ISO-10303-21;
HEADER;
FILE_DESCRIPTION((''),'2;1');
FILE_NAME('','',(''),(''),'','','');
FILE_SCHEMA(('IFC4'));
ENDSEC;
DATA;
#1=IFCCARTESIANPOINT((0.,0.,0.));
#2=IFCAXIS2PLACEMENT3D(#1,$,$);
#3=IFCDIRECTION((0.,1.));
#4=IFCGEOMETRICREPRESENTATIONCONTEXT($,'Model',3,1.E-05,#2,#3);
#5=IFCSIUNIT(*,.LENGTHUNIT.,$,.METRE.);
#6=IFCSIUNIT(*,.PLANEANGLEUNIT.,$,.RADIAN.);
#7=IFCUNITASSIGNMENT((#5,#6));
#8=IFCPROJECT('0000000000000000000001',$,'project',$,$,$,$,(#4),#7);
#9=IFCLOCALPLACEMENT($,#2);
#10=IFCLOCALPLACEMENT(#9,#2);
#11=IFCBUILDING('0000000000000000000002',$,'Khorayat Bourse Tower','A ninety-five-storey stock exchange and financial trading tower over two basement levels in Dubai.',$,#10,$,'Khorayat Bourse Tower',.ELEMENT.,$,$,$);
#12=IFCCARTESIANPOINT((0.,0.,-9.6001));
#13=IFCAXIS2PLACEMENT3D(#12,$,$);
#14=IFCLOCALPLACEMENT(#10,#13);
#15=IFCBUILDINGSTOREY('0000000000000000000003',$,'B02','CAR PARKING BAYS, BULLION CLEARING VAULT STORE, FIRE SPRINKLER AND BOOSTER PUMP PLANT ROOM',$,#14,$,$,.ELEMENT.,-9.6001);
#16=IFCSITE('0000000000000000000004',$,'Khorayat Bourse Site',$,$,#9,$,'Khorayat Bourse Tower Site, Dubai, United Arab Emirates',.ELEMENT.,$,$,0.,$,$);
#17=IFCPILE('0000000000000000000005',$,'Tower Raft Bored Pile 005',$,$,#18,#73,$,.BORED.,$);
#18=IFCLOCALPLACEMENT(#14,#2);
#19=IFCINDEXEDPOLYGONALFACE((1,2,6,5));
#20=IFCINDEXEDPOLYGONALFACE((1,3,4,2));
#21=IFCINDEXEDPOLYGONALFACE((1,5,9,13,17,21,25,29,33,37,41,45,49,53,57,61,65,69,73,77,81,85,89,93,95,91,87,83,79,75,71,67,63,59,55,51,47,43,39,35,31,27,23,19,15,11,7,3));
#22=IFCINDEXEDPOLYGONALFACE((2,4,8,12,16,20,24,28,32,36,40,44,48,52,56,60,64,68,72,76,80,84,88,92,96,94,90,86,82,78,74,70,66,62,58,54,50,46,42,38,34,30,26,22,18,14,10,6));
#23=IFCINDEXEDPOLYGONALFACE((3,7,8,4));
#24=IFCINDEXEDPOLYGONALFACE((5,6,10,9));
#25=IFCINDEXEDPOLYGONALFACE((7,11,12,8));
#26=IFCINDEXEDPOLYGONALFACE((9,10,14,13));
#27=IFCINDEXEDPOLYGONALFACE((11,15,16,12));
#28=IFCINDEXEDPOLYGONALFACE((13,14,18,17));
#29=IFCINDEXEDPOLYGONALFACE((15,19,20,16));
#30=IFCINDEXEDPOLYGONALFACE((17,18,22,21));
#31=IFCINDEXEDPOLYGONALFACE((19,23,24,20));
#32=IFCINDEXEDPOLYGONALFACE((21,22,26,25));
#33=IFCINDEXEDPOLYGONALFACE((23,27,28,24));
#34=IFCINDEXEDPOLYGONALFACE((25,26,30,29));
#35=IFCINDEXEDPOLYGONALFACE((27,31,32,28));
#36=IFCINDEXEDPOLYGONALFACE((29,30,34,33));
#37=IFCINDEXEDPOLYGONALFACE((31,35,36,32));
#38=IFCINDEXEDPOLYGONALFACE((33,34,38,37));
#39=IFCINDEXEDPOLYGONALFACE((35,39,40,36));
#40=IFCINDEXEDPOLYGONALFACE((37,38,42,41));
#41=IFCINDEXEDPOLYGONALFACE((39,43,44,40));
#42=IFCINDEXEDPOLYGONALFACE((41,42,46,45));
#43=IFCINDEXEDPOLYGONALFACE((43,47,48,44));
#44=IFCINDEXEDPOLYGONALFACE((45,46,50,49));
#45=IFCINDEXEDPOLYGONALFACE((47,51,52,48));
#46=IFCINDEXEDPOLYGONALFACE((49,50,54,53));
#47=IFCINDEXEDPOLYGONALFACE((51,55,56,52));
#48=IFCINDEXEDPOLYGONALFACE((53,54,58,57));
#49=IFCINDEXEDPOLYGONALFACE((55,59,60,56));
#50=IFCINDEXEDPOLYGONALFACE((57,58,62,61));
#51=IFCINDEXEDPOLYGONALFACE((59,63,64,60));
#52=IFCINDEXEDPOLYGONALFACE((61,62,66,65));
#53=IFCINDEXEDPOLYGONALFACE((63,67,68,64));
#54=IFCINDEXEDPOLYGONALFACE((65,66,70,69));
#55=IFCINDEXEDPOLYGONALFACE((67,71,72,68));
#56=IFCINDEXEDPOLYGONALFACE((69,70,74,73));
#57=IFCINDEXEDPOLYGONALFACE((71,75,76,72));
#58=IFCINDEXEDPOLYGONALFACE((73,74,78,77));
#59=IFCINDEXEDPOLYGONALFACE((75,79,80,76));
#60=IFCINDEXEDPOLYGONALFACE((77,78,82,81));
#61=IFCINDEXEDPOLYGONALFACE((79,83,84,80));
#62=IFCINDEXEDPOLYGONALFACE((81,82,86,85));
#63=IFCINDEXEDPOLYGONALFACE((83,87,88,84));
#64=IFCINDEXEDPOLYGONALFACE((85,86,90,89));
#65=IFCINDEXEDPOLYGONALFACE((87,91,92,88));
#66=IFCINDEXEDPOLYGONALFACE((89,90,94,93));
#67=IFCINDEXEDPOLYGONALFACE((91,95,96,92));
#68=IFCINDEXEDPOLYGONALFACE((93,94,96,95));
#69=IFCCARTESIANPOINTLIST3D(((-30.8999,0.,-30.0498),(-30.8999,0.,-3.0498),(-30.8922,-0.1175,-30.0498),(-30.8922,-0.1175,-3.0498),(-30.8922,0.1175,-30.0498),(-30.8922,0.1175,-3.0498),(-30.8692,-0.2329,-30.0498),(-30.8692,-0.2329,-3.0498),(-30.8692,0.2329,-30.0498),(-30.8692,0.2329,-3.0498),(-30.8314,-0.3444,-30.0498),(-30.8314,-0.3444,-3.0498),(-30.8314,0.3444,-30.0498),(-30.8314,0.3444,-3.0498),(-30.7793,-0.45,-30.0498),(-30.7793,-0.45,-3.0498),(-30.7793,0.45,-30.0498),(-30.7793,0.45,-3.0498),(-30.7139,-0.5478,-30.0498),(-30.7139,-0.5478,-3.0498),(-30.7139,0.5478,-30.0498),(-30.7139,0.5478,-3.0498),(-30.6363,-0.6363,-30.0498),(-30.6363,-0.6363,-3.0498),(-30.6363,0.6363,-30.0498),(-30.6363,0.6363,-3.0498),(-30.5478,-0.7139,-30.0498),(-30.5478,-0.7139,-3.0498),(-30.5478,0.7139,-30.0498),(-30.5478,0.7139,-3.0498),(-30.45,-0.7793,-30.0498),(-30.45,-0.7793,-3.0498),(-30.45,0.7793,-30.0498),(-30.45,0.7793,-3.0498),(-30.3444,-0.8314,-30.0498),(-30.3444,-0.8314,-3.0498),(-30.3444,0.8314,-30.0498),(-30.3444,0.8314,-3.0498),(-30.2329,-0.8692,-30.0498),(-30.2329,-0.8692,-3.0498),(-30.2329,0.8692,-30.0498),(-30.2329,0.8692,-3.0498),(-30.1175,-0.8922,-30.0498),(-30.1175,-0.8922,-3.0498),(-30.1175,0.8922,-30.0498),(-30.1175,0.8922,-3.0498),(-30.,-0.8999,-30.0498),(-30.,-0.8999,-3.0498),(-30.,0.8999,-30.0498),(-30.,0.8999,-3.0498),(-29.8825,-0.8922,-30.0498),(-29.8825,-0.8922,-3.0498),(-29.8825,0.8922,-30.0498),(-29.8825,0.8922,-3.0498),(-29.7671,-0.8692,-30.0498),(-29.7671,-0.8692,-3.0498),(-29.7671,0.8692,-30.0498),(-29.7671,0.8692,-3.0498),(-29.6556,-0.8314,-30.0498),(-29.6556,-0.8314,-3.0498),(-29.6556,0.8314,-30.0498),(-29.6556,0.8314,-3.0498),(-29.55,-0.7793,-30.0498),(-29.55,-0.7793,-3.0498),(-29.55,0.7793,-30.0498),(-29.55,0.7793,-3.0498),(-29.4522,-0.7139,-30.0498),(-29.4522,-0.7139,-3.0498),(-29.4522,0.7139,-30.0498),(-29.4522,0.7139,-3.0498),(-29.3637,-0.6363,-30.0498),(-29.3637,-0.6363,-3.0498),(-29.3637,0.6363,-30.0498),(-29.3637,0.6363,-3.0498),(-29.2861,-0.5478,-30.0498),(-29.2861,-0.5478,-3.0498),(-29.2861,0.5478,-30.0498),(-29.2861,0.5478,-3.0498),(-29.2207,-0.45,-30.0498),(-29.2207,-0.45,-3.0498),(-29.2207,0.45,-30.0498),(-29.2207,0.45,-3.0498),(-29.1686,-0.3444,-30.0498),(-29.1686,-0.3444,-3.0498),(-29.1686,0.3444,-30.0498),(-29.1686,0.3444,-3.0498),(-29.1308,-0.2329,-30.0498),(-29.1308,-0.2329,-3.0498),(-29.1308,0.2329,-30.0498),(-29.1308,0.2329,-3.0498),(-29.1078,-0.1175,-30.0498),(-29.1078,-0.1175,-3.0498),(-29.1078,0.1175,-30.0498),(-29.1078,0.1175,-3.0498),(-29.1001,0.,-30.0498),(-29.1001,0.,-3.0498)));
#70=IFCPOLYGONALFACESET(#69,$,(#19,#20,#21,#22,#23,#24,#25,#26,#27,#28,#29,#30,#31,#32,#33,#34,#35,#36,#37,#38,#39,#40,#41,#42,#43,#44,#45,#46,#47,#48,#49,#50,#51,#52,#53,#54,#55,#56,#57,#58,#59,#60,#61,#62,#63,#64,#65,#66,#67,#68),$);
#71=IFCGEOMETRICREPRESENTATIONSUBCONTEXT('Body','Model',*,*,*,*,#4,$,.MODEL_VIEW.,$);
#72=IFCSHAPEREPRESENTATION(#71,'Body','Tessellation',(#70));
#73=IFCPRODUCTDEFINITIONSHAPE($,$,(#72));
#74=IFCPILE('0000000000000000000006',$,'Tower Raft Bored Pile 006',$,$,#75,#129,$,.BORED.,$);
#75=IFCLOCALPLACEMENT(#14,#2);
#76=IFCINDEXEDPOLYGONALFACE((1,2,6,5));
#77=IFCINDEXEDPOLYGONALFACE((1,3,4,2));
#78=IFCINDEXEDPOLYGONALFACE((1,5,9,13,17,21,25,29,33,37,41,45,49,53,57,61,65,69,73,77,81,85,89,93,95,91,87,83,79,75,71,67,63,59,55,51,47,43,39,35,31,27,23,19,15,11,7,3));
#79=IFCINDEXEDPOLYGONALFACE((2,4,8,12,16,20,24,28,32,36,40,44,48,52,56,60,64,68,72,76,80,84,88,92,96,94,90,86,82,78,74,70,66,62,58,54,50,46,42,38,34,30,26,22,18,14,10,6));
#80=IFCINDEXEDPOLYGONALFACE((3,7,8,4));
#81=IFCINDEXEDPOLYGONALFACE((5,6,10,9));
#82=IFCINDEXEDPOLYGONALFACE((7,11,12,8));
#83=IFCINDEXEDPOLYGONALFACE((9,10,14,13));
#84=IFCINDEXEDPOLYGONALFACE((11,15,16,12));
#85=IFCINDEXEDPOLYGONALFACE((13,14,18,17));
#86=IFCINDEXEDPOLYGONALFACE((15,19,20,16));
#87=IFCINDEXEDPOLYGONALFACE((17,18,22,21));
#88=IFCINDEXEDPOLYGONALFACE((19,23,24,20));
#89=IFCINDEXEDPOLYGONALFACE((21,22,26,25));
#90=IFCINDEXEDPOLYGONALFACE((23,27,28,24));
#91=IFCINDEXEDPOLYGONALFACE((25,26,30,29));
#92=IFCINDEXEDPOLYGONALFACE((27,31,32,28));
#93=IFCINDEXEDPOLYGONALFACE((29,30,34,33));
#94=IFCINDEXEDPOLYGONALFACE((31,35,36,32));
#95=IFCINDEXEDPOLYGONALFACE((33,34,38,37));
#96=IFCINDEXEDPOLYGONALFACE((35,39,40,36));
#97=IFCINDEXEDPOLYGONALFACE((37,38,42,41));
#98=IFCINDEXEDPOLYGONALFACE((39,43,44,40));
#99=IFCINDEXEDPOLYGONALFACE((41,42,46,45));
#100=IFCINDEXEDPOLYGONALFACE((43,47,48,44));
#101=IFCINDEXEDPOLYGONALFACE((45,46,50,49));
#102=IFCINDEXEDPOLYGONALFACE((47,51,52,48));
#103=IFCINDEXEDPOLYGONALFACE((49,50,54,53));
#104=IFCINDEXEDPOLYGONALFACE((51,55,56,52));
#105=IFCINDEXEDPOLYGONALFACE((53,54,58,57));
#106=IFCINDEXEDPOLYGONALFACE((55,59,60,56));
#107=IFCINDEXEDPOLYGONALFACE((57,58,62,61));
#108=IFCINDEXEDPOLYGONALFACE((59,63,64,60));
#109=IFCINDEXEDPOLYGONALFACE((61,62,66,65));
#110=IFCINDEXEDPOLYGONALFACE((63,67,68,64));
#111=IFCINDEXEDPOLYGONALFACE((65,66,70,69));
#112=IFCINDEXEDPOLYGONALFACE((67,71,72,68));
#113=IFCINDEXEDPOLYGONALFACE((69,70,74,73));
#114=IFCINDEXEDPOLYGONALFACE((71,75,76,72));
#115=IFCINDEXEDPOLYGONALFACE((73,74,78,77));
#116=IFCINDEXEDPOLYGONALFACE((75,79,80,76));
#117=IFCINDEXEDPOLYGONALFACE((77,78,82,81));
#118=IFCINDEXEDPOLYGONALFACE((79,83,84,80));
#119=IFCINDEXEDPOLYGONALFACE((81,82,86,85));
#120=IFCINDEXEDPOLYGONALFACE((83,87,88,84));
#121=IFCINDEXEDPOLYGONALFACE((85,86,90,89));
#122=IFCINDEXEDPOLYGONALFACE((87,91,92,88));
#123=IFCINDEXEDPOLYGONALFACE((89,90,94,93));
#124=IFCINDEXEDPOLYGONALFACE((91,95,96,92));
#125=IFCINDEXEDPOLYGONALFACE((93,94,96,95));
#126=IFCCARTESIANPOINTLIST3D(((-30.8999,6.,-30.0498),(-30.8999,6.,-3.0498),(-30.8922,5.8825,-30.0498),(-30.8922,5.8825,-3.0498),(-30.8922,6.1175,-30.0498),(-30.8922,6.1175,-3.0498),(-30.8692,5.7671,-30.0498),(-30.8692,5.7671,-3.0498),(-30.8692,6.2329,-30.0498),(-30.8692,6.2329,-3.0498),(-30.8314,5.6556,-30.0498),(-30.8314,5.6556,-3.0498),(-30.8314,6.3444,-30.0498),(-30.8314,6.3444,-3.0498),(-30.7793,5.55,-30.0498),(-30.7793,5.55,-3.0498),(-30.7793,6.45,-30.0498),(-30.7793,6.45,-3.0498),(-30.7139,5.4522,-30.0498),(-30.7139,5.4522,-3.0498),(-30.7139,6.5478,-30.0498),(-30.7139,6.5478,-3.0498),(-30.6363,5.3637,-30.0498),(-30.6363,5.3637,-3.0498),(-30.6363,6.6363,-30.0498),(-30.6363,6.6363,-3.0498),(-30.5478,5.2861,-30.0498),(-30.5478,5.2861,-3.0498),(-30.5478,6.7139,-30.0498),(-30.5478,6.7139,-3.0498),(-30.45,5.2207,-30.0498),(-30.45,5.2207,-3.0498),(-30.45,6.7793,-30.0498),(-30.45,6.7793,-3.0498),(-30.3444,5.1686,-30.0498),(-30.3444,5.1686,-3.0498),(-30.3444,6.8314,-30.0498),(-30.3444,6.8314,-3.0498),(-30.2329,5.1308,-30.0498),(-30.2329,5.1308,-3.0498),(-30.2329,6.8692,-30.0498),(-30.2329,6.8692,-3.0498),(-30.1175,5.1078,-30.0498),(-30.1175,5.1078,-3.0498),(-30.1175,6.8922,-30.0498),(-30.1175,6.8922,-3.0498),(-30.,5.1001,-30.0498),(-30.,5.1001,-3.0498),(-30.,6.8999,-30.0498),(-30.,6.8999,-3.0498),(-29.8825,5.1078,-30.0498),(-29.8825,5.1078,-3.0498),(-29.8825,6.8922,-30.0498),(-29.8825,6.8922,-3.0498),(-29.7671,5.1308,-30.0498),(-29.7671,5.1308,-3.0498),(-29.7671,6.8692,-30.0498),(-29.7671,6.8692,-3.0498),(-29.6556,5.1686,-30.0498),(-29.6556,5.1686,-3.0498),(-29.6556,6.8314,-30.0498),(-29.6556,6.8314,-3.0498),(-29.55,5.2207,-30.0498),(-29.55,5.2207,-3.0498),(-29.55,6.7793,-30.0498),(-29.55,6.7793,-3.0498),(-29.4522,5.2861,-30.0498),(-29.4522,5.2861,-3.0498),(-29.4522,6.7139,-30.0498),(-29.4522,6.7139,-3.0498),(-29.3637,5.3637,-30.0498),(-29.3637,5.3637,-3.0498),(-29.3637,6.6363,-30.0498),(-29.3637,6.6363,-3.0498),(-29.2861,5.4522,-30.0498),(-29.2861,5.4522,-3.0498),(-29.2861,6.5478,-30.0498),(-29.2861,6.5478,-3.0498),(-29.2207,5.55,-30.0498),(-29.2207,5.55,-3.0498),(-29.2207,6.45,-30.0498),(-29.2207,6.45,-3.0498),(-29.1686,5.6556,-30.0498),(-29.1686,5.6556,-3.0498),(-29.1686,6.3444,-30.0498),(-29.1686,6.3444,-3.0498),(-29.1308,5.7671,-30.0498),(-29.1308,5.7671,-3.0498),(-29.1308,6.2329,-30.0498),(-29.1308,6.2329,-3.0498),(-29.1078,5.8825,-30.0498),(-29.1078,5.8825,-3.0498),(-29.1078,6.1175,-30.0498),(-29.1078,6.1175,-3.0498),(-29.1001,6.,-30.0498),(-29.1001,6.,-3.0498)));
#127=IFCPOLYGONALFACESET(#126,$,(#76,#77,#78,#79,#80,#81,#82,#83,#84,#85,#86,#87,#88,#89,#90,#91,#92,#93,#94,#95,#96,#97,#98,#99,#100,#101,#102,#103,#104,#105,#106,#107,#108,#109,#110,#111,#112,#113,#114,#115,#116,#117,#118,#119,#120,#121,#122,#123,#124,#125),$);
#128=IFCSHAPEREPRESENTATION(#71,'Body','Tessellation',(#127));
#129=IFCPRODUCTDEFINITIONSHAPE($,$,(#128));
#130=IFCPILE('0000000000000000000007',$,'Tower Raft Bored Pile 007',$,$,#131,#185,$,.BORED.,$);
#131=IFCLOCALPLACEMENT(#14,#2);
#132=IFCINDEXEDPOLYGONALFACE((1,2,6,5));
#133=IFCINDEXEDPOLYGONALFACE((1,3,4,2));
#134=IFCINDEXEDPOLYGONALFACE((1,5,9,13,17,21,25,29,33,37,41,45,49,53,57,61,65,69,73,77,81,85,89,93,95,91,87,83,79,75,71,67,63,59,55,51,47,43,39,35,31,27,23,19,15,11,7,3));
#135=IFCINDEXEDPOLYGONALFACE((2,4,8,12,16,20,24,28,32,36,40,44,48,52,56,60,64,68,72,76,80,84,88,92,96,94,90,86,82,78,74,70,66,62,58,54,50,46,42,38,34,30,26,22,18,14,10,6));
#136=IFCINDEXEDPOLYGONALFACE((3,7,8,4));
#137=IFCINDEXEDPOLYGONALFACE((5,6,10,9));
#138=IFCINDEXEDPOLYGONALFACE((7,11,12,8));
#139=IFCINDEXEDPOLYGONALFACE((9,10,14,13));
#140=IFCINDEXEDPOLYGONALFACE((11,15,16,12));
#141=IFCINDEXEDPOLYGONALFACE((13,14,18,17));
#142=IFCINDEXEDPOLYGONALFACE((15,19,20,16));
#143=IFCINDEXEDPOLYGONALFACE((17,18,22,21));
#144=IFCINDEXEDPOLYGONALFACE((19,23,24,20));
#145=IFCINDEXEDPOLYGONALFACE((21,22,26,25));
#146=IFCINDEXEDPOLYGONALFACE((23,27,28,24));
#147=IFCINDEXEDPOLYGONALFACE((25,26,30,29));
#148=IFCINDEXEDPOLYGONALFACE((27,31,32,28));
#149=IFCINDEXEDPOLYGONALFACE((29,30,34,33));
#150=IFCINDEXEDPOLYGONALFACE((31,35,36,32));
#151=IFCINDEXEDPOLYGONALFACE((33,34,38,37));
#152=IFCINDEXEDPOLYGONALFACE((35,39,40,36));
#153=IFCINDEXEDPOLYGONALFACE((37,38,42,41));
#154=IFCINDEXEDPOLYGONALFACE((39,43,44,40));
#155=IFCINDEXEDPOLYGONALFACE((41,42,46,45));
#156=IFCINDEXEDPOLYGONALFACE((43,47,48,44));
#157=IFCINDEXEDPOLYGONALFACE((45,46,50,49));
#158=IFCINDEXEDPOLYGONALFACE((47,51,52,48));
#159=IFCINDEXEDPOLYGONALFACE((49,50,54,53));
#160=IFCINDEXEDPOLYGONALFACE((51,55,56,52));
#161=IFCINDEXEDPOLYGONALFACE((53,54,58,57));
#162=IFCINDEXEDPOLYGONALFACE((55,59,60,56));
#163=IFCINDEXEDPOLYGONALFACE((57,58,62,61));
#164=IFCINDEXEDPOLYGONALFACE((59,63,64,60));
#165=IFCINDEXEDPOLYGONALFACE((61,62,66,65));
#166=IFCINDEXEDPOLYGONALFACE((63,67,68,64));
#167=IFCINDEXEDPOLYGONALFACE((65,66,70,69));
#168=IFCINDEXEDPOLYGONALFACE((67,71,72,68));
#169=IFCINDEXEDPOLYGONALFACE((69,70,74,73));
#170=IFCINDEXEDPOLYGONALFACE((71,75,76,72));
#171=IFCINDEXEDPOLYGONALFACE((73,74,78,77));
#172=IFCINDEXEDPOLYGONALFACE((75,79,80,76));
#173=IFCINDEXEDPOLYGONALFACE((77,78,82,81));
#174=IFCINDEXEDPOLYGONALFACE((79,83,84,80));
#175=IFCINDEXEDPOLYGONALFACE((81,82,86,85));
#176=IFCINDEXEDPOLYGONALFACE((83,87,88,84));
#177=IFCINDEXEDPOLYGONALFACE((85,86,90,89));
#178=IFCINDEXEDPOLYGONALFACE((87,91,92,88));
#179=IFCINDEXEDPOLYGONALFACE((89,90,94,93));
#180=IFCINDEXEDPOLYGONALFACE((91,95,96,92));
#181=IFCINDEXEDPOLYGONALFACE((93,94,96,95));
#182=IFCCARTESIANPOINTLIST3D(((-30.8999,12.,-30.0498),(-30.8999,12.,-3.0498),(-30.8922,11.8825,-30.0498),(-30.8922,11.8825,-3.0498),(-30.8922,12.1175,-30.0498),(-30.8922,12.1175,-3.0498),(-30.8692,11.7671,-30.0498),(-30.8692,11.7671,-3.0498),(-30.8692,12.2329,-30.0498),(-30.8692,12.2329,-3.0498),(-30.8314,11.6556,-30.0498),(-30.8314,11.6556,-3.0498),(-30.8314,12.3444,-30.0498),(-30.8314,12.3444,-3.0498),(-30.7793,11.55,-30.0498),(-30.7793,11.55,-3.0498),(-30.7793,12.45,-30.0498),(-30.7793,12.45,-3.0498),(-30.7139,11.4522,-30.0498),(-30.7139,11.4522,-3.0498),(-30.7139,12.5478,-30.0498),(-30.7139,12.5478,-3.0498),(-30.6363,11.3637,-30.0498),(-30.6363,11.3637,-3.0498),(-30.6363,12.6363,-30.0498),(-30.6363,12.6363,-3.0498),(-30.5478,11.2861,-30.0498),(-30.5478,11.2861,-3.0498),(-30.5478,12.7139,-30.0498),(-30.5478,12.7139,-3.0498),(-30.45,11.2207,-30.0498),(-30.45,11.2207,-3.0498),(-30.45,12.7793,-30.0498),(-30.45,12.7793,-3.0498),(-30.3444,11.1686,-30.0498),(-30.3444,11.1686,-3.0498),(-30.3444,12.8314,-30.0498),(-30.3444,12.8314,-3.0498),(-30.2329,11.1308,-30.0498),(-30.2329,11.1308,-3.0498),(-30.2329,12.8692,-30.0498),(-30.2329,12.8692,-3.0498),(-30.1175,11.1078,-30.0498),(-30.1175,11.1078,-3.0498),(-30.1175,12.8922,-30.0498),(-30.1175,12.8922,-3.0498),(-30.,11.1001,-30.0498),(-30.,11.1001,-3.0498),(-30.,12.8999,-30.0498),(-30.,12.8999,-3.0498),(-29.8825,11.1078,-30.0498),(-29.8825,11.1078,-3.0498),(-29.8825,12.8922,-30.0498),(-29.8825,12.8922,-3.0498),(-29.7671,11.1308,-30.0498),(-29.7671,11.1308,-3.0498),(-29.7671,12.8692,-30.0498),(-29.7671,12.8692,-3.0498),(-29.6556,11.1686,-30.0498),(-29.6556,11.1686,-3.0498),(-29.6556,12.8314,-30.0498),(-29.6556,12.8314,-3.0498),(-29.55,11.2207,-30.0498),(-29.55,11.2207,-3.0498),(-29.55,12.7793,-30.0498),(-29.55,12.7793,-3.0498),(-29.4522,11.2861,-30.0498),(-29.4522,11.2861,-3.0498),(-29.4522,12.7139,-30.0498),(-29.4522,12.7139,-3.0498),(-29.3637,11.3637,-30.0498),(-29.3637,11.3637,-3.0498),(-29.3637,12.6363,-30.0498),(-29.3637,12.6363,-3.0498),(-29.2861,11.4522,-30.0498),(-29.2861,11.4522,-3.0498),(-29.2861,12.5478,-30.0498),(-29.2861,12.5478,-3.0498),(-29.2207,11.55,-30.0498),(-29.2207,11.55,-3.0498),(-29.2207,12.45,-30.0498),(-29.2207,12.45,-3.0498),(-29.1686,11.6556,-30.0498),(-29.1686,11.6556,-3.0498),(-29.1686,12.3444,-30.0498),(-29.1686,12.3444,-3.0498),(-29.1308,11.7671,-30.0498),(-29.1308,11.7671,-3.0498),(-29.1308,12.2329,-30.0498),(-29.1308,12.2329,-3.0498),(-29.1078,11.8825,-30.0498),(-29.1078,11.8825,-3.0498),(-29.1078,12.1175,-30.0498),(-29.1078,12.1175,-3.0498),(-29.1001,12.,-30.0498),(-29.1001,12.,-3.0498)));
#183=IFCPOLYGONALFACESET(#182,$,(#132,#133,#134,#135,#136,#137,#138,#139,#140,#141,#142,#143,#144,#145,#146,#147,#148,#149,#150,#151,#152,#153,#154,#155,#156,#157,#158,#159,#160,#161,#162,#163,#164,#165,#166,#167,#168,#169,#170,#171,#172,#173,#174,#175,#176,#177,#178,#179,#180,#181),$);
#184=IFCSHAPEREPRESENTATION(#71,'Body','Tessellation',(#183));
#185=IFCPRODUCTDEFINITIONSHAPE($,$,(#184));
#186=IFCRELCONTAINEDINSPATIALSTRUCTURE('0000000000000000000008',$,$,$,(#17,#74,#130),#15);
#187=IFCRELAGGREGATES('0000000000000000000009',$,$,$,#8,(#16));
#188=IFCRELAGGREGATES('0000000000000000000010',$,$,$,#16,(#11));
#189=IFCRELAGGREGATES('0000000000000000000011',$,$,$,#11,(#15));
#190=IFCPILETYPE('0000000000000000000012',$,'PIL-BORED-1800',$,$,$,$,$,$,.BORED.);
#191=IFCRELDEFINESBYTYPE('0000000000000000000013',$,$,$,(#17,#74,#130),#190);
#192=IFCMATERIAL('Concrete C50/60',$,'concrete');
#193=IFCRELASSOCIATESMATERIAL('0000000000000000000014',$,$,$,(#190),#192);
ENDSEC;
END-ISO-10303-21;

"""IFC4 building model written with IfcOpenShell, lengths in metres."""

from ifc_helpers import new_model, si_unit, direction, frame, origin, origin_2d, place, context, subcontext, project, spatial, circle, extrude, source, transform, mapped, material, material_profile, profile_set, type_object, element, save


model = new_model("IFC4")

# Units and contexts
model_context = context("Model", 3, precision=1e-05, world=origin(), true_north=direction((0.0, 1.0)))
body_context = subcontext(model_context, "Body", "Model", "MODEL_VIEW")
ifc_project = project(units=[si_unit("LENGTHUNIT", "METRE"), si_unit("PLANEANGLEUNIT", "RADIAN")], contexts=[model_context])

# Site, building, storey
site_placement = place(None, origin())
site = spatial("IfcSite", under=ifc_project, at=site_placement, Name="Khorayat Bourse Site", LongName="Khorayat Bourse Tower Site, Dubai, United Arab Emirates", CompositionType="ELEMENT", RefElevation=0.0)
building_placement = place(site_placement, origin())
building = spatial("IfcBuilding", under=site, at=building_placement, Name="Khorayat Bourse Tower", Description="A ninety-five-storey stock exchange and financial trading tower over two basement levels in Dubai.", LongName="Khorayat Bourse Tower", CompositionType="ELEMENT")
storey_placement = place(building_placement, frame((0.0, 0.0, -9.6001)))
storey = spatial("IfcBuildingStorey", under=building, at=storey_placement, Name="B02", Description="CAR PARKING BAYS, BULLION CLEARING VAULT STORE, FIRE SPRINKLER AND BOOSTER PUMP PLANT ROOM", CompositionType="ELEMENT", Elevation=-9.6001)

# Piles
ifc_material_1 = material(Name="Concrete C50/60", Category="concrete")
ifc_material_profile_1 = material_profile(ifc_material_1, circle(Radius=0.8999, at=origin_2d()), Name="BORED PILE D1800")
ifc_profile_set_1 = profile_set([ifc_material_profile_1], Name="Concrete C50/60")
pile_type_1 = type_object("IfcPileType", Name="PIL-BORED-1800", PredefinedType="BORED", material=ifc_profile_set_1)
shared_shape_1 = source(origin(), body_context, "Body", "SweptSolid", [
    extrude(circle(Radius=0.8999, at=origin_2d()), origin(), (0.0, 0.0, 1.0), 27.0),
])
for number, where, z_axis, x_axis, name in (
    (1, (-30.0, 0.0, -3.0498), (0.0, 0.0, -1.0), (1.0, 0.0, 0.0), "Tower Raft Bored Pile 005"),
    (2, (-30.0, 6.0, -3.0498), (0.0, 0.0, -1.0), (1.0, 0.0, 0.0), "Tower Raft Bored Pile 006"),
    (3, (-30.0, 12.0, -3.0498), (0.0, 0.0, -1.0), (1.0, 0.0, 0.0), "Tower Raft Bored Pile 007"),
):
    element("IfcPile", number, at=place(storey_placement, frame(where, z_axis=z_axis, x_axis=x_axis)), inside=storey, type_object=pile_type_1, Name=name, PredefinedType="BORED", context=body_context, shape_type="MappedRepresentation", body=[
        mapped(shared_shape_1, transform((0.0, 0.0, 0.0), scale=1.0)),
    ])

save(model, "model.ifc")
